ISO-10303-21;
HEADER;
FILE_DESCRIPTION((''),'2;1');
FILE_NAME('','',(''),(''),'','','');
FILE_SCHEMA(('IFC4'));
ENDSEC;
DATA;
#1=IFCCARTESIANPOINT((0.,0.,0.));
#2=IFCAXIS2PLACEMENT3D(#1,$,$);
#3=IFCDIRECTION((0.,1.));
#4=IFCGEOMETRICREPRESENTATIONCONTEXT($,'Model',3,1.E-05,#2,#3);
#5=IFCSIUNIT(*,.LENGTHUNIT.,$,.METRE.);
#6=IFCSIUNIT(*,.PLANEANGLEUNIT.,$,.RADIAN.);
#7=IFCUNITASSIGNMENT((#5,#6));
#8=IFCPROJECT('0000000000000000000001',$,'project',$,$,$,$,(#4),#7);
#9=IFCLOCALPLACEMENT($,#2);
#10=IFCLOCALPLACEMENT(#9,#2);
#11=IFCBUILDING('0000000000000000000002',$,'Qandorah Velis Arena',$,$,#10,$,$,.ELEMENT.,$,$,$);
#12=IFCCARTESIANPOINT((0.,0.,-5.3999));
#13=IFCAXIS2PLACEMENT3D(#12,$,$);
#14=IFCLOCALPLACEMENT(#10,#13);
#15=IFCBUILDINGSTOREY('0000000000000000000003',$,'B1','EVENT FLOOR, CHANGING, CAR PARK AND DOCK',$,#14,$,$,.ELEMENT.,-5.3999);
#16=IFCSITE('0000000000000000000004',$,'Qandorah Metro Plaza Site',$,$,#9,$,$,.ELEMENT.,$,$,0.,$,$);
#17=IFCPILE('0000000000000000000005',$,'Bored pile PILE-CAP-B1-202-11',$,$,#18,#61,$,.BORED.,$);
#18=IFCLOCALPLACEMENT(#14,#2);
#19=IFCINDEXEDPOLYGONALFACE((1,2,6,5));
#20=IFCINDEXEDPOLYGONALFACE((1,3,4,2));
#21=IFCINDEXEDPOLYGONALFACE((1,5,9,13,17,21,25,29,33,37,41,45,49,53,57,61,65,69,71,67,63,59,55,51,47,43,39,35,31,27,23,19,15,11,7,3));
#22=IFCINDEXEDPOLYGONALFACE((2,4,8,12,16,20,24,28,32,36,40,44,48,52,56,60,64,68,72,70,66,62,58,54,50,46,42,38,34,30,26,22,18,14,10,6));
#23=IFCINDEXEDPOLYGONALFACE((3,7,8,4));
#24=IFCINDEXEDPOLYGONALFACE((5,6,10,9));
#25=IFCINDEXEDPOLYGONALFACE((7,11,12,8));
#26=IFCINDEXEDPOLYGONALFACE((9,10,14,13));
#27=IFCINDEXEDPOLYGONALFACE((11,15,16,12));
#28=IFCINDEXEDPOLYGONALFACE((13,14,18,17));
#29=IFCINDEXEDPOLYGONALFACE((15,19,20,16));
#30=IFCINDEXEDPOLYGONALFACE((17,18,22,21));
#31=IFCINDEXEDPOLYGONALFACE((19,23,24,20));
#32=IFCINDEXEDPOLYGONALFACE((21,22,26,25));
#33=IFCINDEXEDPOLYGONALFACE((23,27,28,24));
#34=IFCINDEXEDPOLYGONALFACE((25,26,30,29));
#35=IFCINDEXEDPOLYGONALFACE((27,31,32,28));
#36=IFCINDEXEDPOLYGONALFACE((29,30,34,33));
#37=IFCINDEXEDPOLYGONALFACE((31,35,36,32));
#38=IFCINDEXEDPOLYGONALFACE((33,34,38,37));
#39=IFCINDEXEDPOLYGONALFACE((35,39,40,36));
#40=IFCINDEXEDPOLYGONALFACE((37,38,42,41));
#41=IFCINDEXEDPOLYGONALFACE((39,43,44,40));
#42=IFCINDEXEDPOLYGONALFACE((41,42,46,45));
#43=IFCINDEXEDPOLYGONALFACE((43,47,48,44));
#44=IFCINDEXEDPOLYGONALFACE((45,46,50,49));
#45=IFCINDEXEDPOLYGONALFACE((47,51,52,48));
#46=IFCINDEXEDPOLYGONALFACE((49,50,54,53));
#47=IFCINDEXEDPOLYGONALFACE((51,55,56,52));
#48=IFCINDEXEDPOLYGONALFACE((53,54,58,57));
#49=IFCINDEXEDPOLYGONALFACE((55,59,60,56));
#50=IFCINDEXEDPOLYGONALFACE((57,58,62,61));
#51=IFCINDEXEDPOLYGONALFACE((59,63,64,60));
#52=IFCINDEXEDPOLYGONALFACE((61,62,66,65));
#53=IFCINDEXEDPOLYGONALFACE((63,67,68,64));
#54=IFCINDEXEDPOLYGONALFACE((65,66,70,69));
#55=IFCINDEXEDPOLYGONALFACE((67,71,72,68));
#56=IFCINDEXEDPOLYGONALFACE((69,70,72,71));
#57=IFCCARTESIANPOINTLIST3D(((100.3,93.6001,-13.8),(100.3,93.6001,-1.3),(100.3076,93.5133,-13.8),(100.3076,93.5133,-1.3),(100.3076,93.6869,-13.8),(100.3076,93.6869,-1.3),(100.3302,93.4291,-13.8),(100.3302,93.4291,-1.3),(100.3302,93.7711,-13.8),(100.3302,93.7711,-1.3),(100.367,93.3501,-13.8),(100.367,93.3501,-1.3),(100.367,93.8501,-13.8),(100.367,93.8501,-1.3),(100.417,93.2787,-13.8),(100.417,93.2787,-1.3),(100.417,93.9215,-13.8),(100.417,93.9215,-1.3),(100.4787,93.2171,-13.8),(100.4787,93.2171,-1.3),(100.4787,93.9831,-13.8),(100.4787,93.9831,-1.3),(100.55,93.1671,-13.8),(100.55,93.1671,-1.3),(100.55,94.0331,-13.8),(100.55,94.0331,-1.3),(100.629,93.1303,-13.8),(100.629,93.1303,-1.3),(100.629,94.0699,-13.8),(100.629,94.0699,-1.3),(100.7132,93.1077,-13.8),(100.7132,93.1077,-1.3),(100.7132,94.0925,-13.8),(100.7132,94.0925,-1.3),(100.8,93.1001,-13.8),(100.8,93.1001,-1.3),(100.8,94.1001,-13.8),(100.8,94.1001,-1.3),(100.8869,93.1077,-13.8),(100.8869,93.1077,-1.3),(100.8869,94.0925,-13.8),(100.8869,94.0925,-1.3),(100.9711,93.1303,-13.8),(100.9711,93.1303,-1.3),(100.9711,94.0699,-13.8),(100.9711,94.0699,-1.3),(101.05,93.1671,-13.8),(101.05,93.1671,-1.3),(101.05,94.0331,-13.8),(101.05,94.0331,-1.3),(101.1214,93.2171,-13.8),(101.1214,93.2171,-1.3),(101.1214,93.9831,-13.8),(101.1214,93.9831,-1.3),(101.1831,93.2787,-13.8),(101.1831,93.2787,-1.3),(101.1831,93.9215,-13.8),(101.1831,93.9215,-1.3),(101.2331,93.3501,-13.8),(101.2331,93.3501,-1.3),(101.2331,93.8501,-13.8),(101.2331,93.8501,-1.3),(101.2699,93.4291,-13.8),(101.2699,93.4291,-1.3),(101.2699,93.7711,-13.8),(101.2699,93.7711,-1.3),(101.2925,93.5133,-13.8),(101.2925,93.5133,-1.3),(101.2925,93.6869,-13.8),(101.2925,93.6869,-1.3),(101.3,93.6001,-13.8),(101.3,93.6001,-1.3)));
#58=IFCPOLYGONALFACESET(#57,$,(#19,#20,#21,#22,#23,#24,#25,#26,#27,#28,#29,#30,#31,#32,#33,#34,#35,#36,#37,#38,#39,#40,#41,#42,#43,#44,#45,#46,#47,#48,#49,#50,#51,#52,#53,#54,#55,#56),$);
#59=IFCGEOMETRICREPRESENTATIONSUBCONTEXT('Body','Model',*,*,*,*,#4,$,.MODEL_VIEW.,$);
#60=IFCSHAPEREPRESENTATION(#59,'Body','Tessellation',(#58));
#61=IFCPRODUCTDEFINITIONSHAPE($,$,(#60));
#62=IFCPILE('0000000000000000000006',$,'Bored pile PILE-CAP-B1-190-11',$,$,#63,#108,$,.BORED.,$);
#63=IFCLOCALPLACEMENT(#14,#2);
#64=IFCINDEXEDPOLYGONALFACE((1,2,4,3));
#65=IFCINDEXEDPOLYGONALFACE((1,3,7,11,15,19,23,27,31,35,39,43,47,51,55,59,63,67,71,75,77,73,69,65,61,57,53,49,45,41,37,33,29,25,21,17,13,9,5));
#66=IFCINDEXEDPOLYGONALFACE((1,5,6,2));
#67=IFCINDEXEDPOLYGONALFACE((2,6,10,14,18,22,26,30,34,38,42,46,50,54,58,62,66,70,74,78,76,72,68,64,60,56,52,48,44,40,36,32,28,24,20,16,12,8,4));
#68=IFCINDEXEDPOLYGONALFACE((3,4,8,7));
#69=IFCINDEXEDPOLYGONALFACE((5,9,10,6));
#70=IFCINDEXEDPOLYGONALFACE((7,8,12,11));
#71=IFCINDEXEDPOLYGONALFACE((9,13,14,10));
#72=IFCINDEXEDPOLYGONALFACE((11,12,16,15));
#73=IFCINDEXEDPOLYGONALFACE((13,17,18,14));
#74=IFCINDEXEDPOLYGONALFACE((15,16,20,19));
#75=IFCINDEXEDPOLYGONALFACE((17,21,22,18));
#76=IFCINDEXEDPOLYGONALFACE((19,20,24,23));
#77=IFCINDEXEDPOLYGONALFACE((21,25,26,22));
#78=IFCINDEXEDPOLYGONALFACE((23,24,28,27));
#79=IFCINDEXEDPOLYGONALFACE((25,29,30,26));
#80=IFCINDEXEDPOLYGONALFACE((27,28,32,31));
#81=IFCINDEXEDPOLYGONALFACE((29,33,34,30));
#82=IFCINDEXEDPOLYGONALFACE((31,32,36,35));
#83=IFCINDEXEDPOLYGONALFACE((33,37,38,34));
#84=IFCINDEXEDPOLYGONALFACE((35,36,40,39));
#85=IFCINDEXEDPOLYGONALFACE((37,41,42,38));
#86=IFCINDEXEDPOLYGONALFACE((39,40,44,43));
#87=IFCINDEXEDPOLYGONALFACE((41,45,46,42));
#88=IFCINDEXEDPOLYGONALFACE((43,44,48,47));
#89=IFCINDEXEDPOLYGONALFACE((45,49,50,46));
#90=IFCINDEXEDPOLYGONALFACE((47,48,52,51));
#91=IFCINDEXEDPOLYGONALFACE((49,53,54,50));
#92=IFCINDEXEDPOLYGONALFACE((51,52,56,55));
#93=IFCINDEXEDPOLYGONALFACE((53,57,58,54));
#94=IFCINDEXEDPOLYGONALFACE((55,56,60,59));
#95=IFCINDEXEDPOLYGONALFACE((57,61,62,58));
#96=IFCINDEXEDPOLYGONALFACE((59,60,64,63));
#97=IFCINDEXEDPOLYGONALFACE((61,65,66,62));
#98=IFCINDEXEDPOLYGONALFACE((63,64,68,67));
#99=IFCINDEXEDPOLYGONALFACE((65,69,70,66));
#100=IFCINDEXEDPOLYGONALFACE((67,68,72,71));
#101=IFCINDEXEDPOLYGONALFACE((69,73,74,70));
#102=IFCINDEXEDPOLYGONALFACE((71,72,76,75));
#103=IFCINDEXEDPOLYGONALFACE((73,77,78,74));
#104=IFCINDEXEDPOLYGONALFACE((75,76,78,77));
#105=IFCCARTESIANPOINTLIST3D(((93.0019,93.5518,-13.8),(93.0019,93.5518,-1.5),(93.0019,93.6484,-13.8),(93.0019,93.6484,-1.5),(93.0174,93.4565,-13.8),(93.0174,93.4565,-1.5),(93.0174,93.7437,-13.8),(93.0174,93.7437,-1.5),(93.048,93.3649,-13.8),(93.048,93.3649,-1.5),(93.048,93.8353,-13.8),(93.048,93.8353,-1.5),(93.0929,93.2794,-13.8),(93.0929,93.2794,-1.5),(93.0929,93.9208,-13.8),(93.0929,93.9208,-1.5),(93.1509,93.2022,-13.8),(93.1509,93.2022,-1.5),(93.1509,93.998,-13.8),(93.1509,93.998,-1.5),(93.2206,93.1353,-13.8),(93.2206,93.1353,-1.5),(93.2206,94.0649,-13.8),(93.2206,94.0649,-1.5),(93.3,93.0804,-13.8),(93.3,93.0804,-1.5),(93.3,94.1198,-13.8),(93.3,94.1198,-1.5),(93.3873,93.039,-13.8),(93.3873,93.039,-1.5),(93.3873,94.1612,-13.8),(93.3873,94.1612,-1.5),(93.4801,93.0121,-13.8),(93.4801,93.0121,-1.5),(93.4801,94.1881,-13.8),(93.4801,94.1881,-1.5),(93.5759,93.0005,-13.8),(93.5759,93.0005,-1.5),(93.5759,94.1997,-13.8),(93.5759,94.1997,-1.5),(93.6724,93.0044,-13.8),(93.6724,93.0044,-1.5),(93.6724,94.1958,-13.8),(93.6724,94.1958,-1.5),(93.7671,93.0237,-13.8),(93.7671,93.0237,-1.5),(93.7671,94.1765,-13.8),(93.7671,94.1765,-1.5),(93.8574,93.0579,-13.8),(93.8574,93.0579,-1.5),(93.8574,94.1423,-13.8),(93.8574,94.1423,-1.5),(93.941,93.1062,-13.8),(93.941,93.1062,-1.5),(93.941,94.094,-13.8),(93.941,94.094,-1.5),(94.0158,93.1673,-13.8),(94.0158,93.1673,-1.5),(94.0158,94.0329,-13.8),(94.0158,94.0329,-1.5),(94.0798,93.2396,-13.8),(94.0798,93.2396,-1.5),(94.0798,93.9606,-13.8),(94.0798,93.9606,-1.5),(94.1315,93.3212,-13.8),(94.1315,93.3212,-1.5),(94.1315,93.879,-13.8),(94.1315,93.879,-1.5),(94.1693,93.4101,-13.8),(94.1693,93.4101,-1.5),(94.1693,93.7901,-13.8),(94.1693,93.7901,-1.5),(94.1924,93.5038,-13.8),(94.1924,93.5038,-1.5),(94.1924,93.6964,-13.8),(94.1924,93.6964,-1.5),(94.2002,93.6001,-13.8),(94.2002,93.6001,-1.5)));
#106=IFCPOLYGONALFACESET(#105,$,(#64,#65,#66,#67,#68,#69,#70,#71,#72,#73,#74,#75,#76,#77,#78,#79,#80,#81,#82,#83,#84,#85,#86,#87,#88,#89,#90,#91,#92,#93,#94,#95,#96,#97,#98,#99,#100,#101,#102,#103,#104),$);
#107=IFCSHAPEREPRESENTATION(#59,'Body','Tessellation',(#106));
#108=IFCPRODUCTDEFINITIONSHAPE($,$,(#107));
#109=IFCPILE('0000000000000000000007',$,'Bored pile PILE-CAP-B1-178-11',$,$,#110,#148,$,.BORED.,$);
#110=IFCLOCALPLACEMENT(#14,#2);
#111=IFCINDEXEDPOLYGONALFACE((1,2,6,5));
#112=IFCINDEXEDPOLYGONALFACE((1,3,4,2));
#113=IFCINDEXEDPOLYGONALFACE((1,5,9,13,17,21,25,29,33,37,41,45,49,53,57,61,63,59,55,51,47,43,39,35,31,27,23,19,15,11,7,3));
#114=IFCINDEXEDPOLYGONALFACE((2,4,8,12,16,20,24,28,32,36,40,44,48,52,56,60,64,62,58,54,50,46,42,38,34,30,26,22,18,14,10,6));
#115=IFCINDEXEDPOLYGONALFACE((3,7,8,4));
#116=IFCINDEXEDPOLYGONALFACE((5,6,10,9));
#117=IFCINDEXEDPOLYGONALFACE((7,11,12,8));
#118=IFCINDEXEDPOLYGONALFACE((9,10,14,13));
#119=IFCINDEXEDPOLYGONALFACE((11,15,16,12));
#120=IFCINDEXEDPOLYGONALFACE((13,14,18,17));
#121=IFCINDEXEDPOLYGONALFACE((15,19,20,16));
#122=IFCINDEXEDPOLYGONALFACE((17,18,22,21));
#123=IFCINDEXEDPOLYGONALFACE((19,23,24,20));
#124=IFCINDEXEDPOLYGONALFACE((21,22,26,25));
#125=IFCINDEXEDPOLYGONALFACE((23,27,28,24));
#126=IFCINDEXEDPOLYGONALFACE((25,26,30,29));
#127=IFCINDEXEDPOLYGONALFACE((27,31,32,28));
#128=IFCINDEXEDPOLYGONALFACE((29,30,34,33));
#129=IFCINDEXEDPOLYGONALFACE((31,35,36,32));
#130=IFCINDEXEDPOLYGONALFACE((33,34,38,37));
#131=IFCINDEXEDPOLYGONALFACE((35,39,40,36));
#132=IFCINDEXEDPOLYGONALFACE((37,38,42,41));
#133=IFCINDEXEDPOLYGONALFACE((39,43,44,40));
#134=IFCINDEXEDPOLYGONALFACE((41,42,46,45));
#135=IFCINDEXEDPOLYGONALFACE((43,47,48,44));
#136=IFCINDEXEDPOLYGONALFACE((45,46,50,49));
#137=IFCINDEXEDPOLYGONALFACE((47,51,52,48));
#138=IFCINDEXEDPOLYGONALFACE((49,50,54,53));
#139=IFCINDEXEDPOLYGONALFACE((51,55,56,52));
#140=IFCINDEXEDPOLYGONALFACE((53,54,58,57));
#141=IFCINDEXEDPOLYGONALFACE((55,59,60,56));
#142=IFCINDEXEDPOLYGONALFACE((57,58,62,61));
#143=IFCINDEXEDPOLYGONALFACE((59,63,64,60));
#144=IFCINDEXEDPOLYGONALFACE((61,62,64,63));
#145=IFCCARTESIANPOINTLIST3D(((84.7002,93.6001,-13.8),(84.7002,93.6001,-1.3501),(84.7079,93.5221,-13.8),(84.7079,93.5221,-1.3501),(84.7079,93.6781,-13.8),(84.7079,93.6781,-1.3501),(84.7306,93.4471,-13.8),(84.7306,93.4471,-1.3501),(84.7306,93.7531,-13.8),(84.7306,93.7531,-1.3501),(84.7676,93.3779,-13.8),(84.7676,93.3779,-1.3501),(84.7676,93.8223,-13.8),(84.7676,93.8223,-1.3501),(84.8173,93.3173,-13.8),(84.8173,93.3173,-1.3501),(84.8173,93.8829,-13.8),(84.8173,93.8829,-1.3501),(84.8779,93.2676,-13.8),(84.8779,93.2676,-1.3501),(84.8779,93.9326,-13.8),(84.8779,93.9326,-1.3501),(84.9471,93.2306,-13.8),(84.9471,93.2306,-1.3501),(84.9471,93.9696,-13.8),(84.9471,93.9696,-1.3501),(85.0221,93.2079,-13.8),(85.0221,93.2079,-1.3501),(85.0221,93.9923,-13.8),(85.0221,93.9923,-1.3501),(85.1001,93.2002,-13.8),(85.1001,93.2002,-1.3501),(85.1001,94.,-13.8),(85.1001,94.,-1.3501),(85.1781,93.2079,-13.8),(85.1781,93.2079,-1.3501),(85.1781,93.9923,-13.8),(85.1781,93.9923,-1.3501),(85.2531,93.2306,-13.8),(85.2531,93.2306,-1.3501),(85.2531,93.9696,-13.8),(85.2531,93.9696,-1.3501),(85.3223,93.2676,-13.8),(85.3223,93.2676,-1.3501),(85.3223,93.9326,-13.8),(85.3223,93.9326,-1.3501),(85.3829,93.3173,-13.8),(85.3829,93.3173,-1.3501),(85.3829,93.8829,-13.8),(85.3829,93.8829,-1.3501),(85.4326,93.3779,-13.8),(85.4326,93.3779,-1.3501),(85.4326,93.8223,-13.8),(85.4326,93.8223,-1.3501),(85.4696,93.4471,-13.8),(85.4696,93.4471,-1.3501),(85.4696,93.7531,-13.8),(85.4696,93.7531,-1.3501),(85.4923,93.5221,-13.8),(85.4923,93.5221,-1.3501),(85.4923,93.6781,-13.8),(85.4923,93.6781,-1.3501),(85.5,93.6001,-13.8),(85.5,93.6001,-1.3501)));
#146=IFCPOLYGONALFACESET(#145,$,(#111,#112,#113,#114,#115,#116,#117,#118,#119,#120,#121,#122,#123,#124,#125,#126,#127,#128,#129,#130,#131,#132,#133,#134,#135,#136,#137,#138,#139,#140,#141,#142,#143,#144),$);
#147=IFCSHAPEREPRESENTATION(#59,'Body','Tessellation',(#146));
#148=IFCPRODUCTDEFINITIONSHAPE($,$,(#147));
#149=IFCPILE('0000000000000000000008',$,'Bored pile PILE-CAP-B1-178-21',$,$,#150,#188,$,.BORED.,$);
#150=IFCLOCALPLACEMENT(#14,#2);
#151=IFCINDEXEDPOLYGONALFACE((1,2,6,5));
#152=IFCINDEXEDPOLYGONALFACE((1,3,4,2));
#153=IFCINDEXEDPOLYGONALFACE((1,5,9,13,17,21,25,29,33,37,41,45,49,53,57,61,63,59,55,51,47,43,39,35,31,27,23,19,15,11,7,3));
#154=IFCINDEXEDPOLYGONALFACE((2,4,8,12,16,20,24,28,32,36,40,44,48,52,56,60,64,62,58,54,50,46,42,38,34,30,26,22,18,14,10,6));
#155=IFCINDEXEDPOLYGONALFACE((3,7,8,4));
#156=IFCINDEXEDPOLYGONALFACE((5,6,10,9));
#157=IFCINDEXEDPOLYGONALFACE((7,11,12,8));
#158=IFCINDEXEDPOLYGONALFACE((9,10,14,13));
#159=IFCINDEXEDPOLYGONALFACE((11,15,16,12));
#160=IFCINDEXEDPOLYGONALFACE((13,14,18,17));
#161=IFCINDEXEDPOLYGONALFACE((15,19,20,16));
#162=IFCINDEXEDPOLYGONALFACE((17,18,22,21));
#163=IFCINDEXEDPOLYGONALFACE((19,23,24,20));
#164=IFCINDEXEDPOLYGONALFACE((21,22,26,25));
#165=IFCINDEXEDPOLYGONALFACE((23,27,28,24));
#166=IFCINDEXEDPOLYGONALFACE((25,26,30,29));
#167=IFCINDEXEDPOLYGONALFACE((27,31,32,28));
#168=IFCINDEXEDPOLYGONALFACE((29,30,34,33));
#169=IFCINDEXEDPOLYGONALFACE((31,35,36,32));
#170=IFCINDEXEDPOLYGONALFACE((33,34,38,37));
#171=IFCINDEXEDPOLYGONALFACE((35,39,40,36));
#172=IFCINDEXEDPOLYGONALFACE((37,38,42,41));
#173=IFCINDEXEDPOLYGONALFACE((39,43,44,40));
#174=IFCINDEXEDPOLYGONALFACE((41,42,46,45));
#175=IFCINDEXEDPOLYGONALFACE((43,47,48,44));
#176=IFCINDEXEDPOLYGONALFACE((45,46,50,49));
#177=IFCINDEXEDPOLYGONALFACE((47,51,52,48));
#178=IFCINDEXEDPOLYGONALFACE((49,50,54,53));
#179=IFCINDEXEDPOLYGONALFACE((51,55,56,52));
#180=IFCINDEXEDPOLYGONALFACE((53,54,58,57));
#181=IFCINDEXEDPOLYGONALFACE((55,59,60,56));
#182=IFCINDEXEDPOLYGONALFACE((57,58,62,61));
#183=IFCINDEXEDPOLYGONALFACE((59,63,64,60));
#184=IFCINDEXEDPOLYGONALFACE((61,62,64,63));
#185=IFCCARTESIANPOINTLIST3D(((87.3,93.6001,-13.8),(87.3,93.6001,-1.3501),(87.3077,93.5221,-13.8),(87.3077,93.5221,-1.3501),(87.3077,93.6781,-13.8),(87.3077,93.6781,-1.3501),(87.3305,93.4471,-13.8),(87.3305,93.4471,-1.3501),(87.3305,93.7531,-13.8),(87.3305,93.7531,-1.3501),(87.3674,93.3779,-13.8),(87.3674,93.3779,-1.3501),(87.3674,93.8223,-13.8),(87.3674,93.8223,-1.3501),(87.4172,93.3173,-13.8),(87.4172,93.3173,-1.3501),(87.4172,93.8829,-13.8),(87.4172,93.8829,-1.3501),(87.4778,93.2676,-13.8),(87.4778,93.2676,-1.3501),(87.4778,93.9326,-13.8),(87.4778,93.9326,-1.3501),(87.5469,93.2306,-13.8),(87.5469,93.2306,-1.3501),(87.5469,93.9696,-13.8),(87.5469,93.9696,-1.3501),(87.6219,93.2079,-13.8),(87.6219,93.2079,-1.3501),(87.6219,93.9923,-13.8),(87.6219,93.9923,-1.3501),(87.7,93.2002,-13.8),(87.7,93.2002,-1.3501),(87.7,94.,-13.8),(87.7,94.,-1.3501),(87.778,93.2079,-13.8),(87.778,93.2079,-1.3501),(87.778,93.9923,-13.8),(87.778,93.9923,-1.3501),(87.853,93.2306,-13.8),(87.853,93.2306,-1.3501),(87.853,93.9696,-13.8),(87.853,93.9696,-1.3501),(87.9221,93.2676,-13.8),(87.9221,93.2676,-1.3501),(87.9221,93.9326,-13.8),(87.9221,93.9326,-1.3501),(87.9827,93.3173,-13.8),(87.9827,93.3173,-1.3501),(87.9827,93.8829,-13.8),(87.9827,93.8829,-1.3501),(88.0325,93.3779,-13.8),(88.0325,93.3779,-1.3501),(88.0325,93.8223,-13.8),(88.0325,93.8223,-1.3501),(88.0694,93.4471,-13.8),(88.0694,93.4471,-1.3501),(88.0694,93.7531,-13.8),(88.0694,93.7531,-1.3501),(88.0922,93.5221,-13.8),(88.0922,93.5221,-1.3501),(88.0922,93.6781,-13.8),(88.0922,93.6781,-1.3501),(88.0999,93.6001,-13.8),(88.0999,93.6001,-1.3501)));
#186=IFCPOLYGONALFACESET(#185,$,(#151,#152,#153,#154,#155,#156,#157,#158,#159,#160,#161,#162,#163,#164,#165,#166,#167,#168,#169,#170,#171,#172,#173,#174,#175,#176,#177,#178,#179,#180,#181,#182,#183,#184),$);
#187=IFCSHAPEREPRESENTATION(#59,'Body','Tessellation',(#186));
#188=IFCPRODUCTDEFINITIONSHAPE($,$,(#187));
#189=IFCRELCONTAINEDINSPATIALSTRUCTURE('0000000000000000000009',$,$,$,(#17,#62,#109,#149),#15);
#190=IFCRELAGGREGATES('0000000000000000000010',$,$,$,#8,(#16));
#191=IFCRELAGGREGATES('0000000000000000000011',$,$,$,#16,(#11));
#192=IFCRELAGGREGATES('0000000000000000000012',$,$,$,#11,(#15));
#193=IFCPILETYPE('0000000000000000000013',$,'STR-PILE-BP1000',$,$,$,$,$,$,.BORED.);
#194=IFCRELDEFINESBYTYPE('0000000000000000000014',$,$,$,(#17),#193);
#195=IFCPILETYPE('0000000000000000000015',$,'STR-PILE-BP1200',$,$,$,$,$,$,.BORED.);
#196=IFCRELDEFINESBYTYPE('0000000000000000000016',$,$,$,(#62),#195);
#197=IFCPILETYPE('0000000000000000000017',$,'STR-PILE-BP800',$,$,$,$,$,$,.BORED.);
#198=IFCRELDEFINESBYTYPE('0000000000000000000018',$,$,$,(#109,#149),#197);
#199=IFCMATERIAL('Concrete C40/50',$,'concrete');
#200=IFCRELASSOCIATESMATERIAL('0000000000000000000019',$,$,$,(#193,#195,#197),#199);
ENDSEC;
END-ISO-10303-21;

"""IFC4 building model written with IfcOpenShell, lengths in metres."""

from ifc_helpers import new_model, si_unit, direction, frame, origin, origin_2d, place, context, subcontext, project, spatial, circle, extrude, material, material_profile, profile_set, type_object, element, save


model = new_model("IFC4")

# Units and contexts
model_context = context("Model", 3, precision=1e-05, world=origin(), true_north=direction((0.0, 1.0)))
body_context = subcontext(model_context, "Body", "Model", "MODEL_VIEW")
ifc_project = project(units=[si_unit("LENGTHUNIT", "METRE"), si_unit("PLANEANGLEUNIT", "RADIAN")], contexts=[model_context])

# Site, building, storey
site_placement = place(None, origin())
site = spatial("IfcSite", under=ifc_project, at=site_placement, Name="Qandorah Metro Plaza Site", CompositionType="ELEMENT", RefElevation=0.0)
building_placement = place(site_placement, origin())
building = spatial("IfcBuilding", under=site, at=building_placement, Name="Qandorah Velis Arena", CompositionType="ELEMENT")
storey_placement = place(building_placement, frame((0.0, 0.0, -5.3999)))
storey = spatial("IfcBuildingStorey", under=building, at=storey_placement, Name="B1", Description="EVENT FLOOR, CHANGING, CAR PARK AND DOCK", CompositionType="ELEMENT", Elevation=-5.3999)

# Shared definitions
ifc_material_1 = material(Name="Concrete C40/50", Category="concrete")

# Piles
ifc_material_profile_1 = material_profile(ifc_material_1, circle(Radius=0.5, at=origin_2d()), Name="BORED PILE D1000")
ifc_profile_set_1 = profile_set([ifc_material_profile_1], Name="Concrete C40/50")
pile_type_1 = type_object("IfcPileType", Name="STR-PILE-BP1000", PredefinedType="BORED", material=ifc_profile_set_1)
pile_1_placement = place(storey_placement, frame((100.8, 93.6001, -1.3), z_axis=(0.0, 0.0, -1.0), x_axis=(1.0, 0.0, 0.0)))
element("IfcPile", 1, at=pile_1_placement, inside=storey, type_object=pile_type_1, Name="Bored pile PILE-CAP-B1-202-11", PredefinedType="BORED", context=body_context, shape_type="SweptSolid", body=[
    extrude(circle(Radius=0.5, at=origin_2d()), origin(), (0.0, 0.0, 1.0), 12.5),
])
ifc_material_profile_2 = material_profile(ifc_material_1, circle(Radius=0.6001, at=origin_2d()), Name="BORED PILE D1200")
ifc_profile_set_2 = profile_set([ifc_material_profile_2], Name="Concrete C40/50")
pile_type_2 = type_object("IfcPileType", Name="STR-PILE-BP1200", PredefinedType="BORED", material=ifc_profile_set_2)
pile_2_placement = place(storey_placement, frame((93.6001, 93.6001, -1.5), z_axis=(0.0, 0.0, -1.0), x_axis=(1.0, 0.0, 0.0)))
element("IfcPile", 2, at=pile_2_placement, inside=storey, type_object=pile_type_2, Name="Bored pile PILE-CAP-B1-190-11", PredefinedType="BORED", context=body_context, shape_type="SweptSolid", body=[
    extrude(circle(Radius=0.6001, at=origin_2d()), origin(), (0.0, 0.0, 1.0), 12.3),
])
ifc_material_profile_3 = material_profile(ifc_material_1, circle(Radius=0.3999, at=origin_2d()), Name="BORED PILE D800")
ifc_profile_set_3 = profile_set([ifc_material_profile_3], Name="Concrete C40/50")
pile_type_3 = type_object("IfcPileType", Name="STR-PILE-BP800", PredefinedType="BORED", material=ifc_profile_set_3)
for number, where, z_axis, x_axis, name in (
    (3, (85.1001, 93.6001, -1.3501), (0.0, 0.0, -1.0), (1.0, 0.0, 0.0), "Bored pile PILE-CAP-B1-178-11"),
    (4, (87.7, 93.6001, -1.3501), (0.0, 0.0, -1.0), (1.0, 0.0, 0.0), "Bored pile PILE-CAP-B1-178-21"),
):
    element("IfcPile", number, at=place(storey_placement, frame(where, z_axis=z_axis, x_axis=x_axis)), inside=storey, type_object=pile_type_3, Name=name, PredefinedType="BORED", context=body_context, shape_type="SweptSolid", body=[
        extrude(circle(Radius=0.3999, at=origin_2d()), origin(), (0.0, 0.0, 1.0), 12.45),
    ])

save(model, "model.ifc")
